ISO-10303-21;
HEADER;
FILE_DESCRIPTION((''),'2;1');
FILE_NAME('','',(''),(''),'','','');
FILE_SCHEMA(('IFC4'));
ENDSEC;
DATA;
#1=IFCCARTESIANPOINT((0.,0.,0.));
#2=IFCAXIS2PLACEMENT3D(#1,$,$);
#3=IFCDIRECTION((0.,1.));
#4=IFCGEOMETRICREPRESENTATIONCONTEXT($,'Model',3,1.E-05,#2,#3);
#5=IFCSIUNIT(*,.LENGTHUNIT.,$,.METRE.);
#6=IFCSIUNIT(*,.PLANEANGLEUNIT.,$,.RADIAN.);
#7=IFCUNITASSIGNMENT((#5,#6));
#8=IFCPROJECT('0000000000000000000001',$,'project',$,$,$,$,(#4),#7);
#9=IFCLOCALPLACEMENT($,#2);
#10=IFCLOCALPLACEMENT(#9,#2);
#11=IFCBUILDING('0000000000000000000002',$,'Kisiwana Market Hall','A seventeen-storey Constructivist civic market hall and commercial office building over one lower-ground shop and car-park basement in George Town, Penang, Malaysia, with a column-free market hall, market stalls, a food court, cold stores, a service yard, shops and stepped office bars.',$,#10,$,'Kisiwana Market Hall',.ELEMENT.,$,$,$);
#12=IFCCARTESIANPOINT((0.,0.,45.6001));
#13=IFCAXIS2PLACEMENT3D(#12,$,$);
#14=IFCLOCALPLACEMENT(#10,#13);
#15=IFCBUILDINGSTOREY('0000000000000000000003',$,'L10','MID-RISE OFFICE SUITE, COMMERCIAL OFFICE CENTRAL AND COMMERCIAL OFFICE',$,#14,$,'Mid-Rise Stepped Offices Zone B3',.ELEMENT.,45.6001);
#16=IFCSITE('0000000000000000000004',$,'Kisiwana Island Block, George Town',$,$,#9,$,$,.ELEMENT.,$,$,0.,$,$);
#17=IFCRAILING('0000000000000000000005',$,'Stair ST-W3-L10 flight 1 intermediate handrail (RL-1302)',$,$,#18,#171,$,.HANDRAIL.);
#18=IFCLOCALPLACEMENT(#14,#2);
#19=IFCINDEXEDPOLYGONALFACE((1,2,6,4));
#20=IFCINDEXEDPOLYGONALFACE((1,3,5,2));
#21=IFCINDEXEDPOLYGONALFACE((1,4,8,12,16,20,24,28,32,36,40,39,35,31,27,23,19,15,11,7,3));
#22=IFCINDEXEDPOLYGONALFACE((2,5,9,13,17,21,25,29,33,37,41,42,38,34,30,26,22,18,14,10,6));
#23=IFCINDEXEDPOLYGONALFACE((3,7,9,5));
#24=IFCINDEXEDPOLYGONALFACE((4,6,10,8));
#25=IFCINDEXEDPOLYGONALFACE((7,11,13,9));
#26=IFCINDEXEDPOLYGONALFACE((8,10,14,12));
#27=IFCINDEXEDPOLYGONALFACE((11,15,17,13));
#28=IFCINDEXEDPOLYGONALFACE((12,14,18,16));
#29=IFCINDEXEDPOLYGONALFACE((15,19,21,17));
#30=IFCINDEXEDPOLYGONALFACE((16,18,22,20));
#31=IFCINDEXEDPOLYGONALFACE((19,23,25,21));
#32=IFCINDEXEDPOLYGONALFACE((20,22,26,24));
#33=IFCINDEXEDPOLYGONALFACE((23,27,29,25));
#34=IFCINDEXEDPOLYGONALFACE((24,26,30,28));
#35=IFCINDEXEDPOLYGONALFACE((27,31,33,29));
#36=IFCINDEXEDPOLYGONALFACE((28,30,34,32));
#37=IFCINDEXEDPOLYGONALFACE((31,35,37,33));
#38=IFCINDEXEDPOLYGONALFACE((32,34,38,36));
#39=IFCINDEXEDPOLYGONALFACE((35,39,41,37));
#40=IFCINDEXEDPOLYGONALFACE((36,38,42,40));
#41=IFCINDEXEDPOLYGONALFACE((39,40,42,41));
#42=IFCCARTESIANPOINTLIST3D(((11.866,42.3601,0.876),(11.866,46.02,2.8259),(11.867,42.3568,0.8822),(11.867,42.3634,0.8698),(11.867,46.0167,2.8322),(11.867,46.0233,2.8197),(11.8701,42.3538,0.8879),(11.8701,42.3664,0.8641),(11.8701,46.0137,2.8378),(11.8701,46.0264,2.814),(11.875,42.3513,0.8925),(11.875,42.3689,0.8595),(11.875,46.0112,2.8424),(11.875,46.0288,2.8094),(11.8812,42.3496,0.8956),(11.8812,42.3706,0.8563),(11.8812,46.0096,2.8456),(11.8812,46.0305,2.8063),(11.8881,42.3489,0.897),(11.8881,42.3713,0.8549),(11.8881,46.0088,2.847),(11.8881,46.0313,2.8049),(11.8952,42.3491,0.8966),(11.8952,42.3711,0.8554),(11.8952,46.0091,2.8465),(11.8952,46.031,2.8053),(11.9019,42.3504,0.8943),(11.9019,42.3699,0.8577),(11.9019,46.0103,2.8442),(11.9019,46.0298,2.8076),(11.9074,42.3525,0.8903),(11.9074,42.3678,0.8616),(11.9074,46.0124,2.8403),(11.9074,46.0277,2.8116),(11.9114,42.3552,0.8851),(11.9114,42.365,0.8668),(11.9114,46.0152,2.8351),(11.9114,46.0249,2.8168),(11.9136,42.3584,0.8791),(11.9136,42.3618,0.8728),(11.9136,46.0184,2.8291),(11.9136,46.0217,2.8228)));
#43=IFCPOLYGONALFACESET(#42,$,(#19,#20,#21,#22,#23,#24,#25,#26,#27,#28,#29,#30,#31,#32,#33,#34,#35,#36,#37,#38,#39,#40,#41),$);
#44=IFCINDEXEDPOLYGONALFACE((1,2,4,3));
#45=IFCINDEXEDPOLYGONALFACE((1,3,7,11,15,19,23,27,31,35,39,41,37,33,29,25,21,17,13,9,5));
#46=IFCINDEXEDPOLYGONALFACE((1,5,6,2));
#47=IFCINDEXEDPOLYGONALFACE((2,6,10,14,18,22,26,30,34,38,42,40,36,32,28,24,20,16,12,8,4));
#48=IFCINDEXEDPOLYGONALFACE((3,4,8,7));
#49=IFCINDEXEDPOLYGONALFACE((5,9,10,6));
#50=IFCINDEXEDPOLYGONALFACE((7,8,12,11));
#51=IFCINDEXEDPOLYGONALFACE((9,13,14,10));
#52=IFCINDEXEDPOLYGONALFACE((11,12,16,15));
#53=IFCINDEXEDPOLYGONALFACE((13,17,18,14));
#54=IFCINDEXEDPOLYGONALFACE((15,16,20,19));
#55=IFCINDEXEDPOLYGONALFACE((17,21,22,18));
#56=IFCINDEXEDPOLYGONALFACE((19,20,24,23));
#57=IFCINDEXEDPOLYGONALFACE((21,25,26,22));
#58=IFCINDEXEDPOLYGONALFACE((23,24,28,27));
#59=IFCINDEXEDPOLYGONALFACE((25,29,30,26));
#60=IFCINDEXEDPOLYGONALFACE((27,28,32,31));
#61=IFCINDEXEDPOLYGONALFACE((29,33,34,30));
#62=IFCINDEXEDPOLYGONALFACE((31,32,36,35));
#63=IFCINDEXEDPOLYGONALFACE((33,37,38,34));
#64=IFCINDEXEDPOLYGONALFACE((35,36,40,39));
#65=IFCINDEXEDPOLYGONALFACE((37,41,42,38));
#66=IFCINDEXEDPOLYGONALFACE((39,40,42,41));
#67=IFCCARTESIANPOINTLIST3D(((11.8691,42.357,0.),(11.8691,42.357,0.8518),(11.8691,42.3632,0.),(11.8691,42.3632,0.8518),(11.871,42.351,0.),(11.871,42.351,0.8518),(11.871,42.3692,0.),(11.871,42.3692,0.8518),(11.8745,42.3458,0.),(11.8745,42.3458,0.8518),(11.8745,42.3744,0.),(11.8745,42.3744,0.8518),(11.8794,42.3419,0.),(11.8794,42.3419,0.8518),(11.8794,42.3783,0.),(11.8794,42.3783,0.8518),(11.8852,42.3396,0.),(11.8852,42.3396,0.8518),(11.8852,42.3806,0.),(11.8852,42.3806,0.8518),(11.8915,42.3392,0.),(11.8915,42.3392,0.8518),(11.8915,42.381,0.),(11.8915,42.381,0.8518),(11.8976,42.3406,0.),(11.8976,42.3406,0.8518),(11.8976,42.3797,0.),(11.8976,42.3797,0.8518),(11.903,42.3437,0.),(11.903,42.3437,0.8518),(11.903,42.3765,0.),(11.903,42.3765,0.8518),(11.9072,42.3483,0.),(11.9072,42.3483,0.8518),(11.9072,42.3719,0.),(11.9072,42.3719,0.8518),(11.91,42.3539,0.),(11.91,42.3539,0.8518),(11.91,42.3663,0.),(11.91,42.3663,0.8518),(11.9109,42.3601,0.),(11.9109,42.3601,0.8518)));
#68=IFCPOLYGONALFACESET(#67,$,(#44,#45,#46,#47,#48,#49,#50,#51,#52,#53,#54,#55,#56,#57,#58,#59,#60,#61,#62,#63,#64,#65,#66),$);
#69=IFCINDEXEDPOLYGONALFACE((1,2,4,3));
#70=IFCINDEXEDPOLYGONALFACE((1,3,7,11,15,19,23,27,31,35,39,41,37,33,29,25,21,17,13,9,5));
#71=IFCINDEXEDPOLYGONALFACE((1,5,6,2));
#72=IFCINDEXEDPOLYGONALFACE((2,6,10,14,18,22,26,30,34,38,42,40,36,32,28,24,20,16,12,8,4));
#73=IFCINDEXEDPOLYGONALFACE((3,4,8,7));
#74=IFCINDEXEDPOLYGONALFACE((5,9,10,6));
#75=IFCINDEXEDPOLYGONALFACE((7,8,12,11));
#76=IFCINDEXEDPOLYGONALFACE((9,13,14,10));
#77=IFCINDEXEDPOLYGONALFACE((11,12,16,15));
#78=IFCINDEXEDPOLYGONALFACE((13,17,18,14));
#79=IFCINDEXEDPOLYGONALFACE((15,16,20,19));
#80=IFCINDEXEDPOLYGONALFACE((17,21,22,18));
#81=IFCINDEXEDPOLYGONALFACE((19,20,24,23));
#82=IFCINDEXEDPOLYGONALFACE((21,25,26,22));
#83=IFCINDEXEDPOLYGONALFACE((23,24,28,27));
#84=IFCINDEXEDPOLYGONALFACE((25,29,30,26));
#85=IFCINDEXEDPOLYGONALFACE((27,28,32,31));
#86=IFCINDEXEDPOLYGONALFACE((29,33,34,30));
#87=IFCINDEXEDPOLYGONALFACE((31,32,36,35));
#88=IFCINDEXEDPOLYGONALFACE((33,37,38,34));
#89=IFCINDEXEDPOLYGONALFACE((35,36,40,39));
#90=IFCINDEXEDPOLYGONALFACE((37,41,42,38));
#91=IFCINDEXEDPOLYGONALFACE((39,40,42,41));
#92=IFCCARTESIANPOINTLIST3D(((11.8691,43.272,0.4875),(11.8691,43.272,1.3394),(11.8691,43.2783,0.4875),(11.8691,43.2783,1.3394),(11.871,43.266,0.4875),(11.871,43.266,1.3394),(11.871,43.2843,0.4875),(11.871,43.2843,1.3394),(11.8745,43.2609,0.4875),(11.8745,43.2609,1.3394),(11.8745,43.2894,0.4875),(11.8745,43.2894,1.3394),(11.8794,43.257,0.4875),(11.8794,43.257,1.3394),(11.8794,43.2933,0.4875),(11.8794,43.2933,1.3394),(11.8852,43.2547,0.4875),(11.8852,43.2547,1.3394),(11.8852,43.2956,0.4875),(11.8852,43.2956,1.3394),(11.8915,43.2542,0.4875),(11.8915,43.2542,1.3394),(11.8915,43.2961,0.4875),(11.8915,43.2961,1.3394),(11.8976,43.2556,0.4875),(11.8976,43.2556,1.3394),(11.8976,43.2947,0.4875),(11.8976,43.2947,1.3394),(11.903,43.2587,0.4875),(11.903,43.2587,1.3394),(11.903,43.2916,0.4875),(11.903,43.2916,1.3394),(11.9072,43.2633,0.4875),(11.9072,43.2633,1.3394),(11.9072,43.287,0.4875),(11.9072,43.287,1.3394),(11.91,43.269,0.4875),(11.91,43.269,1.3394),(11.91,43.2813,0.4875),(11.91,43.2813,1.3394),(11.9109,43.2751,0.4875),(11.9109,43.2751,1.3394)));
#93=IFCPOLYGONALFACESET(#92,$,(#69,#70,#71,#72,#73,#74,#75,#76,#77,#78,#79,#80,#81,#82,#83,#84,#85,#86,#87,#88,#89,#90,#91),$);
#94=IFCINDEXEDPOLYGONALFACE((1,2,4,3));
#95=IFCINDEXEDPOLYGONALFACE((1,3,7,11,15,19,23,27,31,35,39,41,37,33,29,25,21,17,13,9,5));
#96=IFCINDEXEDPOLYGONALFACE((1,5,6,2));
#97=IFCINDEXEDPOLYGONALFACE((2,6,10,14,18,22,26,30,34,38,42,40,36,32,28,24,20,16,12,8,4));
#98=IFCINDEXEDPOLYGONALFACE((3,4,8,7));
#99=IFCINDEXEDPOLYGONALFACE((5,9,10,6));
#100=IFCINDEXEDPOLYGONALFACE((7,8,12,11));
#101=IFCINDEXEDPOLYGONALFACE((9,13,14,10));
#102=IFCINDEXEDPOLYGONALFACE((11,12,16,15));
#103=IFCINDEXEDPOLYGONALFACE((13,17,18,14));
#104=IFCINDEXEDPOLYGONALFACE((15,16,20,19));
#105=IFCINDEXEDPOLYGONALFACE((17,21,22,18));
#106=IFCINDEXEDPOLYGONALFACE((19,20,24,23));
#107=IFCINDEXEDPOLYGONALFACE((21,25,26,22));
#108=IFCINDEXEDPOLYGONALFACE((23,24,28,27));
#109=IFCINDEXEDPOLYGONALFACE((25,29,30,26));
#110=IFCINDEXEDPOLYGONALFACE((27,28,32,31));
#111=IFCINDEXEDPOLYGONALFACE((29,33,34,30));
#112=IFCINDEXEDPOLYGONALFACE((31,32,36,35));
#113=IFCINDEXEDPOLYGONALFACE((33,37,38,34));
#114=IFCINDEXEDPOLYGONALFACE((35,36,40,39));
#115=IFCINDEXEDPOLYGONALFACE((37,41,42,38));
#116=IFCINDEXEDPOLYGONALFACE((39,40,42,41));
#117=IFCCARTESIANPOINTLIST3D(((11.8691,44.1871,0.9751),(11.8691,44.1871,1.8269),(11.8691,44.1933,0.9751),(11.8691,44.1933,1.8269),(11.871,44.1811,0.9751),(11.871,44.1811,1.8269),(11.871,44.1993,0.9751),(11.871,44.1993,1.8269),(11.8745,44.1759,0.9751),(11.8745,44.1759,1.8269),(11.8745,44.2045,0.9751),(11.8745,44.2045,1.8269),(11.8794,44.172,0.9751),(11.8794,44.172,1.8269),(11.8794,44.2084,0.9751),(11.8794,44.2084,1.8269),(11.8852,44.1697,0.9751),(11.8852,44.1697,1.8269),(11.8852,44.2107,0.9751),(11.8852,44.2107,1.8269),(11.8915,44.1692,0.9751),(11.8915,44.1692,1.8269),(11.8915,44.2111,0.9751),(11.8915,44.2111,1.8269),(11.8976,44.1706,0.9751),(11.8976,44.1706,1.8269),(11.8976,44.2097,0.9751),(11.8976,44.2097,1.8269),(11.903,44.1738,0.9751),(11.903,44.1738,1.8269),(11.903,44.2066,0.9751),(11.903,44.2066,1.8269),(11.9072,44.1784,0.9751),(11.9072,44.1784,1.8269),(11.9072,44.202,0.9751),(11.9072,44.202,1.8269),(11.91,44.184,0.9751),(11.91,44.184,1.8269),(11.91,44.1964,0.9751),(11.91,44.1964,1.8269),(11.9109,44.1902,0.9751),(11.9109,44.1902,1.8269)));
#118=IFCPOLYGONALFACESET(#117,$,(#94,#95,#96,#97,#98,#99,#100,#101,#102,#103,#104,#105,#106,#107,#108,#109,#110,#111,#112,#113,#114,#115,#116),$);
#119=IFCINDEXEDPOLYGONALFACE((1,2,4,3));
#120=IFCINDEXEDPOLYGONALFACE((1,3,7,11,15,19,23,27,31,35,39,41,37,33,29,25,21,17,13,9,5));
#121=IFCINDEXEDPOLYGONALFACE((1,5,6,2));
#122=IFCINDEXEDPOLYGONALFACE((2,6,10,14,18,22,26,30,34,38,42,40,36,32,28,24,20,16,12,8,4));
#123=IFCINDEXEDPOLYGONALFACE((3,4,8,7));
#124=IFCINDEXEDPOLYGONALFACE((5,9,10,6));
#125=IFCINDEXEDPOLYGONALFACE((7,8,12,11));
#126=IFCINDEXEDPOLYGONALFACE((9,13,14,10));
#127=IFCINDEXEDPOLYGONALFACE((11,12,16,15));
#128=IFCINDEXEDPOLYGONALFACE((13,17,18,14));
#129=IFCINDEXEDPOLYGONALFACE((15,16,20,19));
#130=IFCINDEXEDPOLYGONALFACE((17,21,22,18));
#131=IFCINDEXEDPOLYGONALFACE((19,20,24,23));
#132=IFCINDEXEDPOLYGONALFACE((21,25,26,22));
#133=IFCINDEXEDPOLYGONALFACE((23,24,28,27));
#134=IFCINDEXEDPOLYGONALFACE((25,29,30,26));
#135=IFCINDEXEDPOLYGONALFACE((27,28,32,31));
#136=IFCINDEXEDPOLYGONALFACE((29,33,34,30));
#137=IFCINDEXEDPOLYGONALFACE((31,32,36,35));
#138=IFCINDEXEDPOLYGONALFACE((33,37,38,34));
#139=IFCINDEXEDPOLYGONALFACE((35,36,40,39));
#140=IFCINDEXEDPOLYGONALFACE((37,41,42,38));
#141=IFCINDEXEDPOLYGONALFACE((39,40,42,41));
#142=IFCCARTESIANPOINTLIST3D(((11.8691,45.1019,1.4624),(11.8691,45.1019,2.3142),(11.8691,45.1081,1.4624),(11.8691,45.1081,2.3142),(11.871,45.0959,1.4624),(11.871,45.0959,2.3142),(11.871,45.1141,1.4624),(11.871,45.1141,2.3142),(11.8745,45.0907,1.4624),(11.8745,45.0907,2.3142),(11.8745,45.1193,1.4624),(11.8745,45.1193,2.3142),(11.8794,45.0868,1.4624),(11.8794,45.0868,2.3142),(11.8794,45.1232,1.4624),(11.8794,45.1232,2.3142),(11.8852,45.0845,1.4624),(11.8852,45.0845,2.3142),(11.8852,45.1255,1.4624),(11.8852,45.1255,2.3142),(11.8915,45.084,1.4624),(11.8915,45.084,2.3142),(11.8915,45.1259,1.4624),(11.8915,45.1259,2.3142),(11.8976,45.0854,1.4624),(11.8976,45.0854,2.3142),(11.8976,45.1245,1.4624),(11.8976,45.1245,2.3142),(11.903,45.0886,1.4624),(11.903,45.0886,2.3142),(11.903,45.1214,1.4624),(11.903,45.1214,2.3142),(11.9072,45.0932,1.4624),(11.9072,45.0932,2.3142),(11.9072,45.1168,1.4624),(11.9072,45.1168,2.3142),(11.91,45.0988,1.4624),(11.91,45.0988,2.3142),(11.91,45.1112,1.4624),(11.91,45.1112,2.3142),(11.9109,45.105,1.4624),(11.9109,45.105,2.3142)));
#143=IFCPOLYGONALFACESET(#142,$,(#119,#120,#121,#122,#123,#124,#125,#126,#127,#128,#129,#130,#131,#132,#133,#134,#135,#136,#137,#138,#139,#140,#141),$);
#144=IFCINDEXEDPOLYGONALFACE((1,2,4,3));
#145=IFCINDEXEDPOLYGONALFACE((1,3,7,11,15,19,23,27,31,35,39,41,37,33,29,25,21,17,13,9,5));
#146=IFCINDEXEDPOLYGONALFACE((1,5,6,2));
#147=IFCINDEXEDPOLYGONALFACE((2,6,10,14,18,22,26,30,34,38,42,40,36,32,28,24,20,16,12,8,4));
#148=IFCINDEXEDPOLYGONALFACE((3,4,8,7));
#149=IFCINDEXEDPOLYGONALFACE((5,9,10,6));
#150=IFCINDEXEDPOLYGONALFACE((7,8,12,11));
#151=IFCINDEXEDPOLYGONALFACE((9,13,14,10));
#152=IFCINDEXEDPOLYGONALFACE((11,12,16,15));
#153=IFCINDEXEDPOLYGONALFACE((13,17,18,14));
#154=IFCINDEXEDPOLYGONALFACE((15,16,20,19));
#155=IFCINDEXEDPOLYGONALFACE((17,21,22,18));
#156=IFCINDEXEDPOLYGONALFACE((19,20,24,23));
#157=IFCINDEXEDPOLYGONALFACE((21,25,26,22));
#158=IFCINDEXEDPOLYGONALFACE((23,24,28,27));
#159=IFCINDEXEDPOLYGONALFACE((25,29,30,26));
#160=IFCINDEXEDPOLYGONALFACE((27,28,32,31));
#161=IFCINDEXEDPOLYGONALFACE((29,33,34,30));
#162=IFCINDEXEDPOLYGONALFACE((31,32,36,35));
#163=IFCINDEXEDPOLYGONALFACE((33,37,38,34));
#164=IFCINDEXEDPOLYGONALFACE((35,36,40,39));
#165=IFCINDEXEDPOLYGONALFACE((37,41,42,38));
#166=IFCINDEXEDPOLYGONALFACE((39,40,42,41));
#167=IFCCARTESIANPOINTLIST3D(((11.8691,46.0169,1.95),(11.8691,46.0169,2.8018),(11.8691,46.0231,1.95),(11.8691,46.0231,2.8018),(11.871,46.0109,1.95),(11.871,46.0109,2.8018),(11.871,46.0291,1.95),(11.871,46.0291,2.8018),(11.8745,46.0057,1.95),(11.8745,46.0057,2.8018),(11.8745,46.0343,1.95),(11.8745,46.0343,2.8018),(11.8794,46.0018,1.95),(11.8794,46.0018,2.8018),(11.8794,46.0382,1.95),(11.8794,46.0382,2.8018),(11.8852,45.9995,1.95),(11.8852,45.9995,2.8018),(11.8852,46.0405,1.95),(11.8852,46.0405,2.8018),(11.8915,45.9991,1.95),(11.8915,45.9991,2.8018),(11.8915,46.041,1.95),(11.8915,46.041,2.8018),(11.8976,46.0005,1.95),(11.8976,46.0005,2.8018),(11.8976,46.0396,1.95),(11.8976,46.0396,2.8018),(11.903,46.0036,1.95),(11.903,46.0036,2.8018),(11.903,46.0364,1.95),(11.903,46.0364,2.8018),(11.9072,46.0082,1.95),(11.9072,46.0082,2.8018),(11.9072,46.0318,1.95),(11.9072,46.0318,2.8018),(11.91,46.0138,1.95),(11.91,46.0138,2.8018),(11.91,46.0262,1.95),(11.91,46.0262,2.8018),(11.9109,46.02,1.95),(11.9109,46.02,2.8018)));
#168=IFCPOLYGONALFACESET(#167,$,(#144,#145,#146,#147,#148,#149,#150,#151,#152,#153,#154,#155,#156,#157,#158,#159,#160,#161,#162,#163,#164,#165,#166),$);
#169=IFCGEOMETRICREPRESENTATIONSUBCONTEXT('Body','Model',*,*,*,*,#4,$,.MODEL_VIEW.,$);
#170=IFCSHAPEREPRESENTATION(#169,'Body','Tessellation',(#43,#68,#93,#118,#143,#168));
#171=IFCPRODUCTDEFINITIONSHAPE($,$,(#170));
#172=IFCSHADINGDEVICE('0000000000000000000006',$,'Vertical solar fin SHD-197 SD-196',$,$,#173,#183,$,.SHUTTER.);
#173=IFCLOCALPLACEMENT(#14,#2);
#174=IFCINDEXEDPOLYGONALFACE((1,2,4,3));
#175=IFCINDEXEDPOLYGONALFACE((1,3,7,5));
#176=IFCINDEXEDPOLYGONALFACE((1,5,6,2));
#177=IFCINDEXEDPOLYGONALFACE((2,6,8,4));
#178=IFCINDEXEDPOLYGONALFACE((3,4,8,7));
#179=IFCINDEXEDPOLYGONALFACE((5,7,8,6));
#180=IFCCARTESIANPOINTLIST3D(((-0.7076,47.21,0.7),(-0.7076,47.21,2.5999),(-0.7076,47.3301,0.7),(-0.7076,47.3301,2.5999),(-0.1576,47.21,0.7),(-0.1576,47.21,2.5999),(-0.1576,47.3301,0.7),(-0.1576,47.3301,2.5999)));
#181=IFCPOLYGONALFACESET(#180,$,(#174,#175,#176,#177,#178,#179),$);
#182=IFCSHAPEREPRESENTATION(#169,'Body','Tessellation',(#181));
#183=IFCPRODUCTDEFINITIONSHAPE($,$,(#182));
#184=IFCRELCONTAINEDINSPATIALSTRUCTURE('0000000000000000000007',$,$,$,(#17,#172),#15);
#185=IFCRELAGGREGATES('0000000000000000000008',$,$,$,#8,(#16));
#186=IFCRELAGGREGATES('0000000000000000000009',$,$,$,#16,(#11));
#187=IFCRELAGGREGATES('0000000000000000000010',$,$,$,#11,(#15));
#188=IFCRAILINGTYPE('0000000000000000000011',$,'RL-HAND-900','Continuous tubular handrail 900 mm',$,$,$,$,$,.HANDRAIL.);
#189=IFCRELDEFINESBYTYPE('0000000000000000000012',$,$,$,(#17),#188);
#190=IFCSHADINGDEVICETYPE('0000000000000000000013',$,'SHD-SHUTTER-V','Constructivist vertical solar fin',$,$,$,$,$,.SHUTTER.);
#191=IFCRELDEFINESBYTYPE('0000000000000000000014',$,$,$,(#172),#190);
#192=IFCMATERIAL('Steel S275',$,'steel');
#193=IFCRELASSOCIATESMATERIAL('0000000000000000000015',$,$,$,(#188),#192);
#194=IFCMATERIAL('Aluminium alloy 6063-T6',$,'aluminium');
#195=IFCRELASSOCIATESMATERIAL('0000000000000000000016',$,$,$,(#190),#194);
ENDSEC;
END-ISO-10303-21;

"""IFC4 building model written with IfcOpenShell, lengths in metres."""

from ifc_helpers import new_model, si_unit, direction, frame, origin, origin_2d, place, context, subcontext, project, spatial, rectangle, circle, extrude, material, type_object, element, save


model = new_model("IFC4")

# Units and contexts
model_context = context("Model", 3, precision=1e-05, world=origin(), true_north=direction((0.0, 1.0)))
body_context = subcontext(model_context, "Body", "Model", "MODEL_VIEW")
ifc_project = project(units=[si_unit("LENGTHUNIT", "METRE"), si_unit("PLANEANGLEUNIT", "RADIAN")], contexts=[model_context])

# Site, building, storey
site_placement = place(None, origin())
site = spatial("IfcSite", under=ifc_project, at=site_placement, Name="Kisiwana Island Block, George Town", CompositionType="ELEMENT", RefElevation=0.0)
building_placement = place(site_placement, origin())
building = spatial("IfcBuilding", under=site, at=building_placement, Name="Kisiwana Market Hall", Description="A seventeen-storey Constructivist civic market hall and commercial office building over one lower-ground shop and car-park basement in George Town, Penang, Malaysia, with a column-free market hall, market stalls, a food court, cold stores, a service yard, shops and stepped office bars.", LongName="Kisiwana Market Hall", CompositionType="ELEMENT")
storey_placement = place(building_placement, frame((0.0, 0.0, 45.6001)))
storey = spatial("IfcBuildingStorey", under=building, at=storey_placement, Name="L10", Description="MID-RISE OFFICE SUITE, COMMERCIAL OFFICE CENTRAL AND COMMERCIAL OFFICE", LongName="Mid-Rise Stepped Offices Zone B3", CompositionType="ELEMENT", Elevation=45.6001)

# Railing
ifc_material_1 = material(Name="Steel S275", Category="steel")
railing_type_1 = type_object("IfcRailingType", Name="RL-HAND-900", Description="Continuous tubular handrail 900 mm", PredefinedType="HANDRAIL", material=ifc_material_1)
for number, where, name in (
    (1, (11.8899, 42.3601, 0.0), "Stair ST-W3-L10 flight 1 intermediate handrail (RL-1302)"),
):
    element("IfcRailing", number, at=place(storey_placement, frame(where)), inside=storey, type_object=railing_type_1, Name=name, PredefinedType="HANDRAIL", context=body_context, shape_type="SweptSolid", body=[
        extrude(circle(Radius=0.0239, at=origin_2d()), frame((0.0, 0.0, 0.876), z_axis=(0.0, 0.882553, 0.470212), x_axis=(-1.0, 0.0, 0.0)), (0.0, 0.0, 1.0), 4.147),
        extrude(circle(Radius=0.021, at=origin_2d()), origin(), (0.0, 0.0, 1.0), 0.8518),
        extrude(circle(Radius=0.021, at=origin_2d()), frame((0.0, 0.915, 0.4875)), (0.0, 0.0, 1.0), 0.8518),
        extrude(circle(Radius=0.021, at=origin_2d()), frame((0.0, 1.8301, 0.9751)), (0.0, 0.0, 1.0), 0.8518),
        extrude(circle(Radius=0.021, at=origin_2d()), frame((0.0, 2.7449, 1.4624)), (0.0, 0.0, 1.0), 0.8518),
        extrude(circle(Radius=0.021, at=origin_2d()), frame((0.0, 3.6599, 1.95)), (0.0, 0.0, 1.0), 0.8518),
    ])

# Shading device
ifc_material_2 = material(Name="Aluminium alloy 6063-T6", Category="aluminium")
shading_device_type = type_object("IfcShadingDeviceType", Name="SHD-SHUTTER-V", Description="Constructivist vertical solar fin", PredefinedType="SHUTTER", material=ifc_material_2)
shading_device_placement = place(storey_placement, frame((-0.4326, 47.27, 0.7), z_axis=(0.0, 0.0, 1.0), x_axis=(0.0, 1.0, 0.0)))
element("IfcShadingDevice", 2, at=shading_device_placement, inside=storey, type_object=shading_device_type, Name="Vertical solar fin SHD-197 SD-196", PredefinedType="SHUTTER", context=body_context, shape_type="SweptSolid", body=[
    extrude(rectangle(XDim=0.1201, YDim=0.55, at=origin_2d()), origin(), (0.0, 0.0, 1.0), 1.8999),
])

save(model, "model.ifc")
